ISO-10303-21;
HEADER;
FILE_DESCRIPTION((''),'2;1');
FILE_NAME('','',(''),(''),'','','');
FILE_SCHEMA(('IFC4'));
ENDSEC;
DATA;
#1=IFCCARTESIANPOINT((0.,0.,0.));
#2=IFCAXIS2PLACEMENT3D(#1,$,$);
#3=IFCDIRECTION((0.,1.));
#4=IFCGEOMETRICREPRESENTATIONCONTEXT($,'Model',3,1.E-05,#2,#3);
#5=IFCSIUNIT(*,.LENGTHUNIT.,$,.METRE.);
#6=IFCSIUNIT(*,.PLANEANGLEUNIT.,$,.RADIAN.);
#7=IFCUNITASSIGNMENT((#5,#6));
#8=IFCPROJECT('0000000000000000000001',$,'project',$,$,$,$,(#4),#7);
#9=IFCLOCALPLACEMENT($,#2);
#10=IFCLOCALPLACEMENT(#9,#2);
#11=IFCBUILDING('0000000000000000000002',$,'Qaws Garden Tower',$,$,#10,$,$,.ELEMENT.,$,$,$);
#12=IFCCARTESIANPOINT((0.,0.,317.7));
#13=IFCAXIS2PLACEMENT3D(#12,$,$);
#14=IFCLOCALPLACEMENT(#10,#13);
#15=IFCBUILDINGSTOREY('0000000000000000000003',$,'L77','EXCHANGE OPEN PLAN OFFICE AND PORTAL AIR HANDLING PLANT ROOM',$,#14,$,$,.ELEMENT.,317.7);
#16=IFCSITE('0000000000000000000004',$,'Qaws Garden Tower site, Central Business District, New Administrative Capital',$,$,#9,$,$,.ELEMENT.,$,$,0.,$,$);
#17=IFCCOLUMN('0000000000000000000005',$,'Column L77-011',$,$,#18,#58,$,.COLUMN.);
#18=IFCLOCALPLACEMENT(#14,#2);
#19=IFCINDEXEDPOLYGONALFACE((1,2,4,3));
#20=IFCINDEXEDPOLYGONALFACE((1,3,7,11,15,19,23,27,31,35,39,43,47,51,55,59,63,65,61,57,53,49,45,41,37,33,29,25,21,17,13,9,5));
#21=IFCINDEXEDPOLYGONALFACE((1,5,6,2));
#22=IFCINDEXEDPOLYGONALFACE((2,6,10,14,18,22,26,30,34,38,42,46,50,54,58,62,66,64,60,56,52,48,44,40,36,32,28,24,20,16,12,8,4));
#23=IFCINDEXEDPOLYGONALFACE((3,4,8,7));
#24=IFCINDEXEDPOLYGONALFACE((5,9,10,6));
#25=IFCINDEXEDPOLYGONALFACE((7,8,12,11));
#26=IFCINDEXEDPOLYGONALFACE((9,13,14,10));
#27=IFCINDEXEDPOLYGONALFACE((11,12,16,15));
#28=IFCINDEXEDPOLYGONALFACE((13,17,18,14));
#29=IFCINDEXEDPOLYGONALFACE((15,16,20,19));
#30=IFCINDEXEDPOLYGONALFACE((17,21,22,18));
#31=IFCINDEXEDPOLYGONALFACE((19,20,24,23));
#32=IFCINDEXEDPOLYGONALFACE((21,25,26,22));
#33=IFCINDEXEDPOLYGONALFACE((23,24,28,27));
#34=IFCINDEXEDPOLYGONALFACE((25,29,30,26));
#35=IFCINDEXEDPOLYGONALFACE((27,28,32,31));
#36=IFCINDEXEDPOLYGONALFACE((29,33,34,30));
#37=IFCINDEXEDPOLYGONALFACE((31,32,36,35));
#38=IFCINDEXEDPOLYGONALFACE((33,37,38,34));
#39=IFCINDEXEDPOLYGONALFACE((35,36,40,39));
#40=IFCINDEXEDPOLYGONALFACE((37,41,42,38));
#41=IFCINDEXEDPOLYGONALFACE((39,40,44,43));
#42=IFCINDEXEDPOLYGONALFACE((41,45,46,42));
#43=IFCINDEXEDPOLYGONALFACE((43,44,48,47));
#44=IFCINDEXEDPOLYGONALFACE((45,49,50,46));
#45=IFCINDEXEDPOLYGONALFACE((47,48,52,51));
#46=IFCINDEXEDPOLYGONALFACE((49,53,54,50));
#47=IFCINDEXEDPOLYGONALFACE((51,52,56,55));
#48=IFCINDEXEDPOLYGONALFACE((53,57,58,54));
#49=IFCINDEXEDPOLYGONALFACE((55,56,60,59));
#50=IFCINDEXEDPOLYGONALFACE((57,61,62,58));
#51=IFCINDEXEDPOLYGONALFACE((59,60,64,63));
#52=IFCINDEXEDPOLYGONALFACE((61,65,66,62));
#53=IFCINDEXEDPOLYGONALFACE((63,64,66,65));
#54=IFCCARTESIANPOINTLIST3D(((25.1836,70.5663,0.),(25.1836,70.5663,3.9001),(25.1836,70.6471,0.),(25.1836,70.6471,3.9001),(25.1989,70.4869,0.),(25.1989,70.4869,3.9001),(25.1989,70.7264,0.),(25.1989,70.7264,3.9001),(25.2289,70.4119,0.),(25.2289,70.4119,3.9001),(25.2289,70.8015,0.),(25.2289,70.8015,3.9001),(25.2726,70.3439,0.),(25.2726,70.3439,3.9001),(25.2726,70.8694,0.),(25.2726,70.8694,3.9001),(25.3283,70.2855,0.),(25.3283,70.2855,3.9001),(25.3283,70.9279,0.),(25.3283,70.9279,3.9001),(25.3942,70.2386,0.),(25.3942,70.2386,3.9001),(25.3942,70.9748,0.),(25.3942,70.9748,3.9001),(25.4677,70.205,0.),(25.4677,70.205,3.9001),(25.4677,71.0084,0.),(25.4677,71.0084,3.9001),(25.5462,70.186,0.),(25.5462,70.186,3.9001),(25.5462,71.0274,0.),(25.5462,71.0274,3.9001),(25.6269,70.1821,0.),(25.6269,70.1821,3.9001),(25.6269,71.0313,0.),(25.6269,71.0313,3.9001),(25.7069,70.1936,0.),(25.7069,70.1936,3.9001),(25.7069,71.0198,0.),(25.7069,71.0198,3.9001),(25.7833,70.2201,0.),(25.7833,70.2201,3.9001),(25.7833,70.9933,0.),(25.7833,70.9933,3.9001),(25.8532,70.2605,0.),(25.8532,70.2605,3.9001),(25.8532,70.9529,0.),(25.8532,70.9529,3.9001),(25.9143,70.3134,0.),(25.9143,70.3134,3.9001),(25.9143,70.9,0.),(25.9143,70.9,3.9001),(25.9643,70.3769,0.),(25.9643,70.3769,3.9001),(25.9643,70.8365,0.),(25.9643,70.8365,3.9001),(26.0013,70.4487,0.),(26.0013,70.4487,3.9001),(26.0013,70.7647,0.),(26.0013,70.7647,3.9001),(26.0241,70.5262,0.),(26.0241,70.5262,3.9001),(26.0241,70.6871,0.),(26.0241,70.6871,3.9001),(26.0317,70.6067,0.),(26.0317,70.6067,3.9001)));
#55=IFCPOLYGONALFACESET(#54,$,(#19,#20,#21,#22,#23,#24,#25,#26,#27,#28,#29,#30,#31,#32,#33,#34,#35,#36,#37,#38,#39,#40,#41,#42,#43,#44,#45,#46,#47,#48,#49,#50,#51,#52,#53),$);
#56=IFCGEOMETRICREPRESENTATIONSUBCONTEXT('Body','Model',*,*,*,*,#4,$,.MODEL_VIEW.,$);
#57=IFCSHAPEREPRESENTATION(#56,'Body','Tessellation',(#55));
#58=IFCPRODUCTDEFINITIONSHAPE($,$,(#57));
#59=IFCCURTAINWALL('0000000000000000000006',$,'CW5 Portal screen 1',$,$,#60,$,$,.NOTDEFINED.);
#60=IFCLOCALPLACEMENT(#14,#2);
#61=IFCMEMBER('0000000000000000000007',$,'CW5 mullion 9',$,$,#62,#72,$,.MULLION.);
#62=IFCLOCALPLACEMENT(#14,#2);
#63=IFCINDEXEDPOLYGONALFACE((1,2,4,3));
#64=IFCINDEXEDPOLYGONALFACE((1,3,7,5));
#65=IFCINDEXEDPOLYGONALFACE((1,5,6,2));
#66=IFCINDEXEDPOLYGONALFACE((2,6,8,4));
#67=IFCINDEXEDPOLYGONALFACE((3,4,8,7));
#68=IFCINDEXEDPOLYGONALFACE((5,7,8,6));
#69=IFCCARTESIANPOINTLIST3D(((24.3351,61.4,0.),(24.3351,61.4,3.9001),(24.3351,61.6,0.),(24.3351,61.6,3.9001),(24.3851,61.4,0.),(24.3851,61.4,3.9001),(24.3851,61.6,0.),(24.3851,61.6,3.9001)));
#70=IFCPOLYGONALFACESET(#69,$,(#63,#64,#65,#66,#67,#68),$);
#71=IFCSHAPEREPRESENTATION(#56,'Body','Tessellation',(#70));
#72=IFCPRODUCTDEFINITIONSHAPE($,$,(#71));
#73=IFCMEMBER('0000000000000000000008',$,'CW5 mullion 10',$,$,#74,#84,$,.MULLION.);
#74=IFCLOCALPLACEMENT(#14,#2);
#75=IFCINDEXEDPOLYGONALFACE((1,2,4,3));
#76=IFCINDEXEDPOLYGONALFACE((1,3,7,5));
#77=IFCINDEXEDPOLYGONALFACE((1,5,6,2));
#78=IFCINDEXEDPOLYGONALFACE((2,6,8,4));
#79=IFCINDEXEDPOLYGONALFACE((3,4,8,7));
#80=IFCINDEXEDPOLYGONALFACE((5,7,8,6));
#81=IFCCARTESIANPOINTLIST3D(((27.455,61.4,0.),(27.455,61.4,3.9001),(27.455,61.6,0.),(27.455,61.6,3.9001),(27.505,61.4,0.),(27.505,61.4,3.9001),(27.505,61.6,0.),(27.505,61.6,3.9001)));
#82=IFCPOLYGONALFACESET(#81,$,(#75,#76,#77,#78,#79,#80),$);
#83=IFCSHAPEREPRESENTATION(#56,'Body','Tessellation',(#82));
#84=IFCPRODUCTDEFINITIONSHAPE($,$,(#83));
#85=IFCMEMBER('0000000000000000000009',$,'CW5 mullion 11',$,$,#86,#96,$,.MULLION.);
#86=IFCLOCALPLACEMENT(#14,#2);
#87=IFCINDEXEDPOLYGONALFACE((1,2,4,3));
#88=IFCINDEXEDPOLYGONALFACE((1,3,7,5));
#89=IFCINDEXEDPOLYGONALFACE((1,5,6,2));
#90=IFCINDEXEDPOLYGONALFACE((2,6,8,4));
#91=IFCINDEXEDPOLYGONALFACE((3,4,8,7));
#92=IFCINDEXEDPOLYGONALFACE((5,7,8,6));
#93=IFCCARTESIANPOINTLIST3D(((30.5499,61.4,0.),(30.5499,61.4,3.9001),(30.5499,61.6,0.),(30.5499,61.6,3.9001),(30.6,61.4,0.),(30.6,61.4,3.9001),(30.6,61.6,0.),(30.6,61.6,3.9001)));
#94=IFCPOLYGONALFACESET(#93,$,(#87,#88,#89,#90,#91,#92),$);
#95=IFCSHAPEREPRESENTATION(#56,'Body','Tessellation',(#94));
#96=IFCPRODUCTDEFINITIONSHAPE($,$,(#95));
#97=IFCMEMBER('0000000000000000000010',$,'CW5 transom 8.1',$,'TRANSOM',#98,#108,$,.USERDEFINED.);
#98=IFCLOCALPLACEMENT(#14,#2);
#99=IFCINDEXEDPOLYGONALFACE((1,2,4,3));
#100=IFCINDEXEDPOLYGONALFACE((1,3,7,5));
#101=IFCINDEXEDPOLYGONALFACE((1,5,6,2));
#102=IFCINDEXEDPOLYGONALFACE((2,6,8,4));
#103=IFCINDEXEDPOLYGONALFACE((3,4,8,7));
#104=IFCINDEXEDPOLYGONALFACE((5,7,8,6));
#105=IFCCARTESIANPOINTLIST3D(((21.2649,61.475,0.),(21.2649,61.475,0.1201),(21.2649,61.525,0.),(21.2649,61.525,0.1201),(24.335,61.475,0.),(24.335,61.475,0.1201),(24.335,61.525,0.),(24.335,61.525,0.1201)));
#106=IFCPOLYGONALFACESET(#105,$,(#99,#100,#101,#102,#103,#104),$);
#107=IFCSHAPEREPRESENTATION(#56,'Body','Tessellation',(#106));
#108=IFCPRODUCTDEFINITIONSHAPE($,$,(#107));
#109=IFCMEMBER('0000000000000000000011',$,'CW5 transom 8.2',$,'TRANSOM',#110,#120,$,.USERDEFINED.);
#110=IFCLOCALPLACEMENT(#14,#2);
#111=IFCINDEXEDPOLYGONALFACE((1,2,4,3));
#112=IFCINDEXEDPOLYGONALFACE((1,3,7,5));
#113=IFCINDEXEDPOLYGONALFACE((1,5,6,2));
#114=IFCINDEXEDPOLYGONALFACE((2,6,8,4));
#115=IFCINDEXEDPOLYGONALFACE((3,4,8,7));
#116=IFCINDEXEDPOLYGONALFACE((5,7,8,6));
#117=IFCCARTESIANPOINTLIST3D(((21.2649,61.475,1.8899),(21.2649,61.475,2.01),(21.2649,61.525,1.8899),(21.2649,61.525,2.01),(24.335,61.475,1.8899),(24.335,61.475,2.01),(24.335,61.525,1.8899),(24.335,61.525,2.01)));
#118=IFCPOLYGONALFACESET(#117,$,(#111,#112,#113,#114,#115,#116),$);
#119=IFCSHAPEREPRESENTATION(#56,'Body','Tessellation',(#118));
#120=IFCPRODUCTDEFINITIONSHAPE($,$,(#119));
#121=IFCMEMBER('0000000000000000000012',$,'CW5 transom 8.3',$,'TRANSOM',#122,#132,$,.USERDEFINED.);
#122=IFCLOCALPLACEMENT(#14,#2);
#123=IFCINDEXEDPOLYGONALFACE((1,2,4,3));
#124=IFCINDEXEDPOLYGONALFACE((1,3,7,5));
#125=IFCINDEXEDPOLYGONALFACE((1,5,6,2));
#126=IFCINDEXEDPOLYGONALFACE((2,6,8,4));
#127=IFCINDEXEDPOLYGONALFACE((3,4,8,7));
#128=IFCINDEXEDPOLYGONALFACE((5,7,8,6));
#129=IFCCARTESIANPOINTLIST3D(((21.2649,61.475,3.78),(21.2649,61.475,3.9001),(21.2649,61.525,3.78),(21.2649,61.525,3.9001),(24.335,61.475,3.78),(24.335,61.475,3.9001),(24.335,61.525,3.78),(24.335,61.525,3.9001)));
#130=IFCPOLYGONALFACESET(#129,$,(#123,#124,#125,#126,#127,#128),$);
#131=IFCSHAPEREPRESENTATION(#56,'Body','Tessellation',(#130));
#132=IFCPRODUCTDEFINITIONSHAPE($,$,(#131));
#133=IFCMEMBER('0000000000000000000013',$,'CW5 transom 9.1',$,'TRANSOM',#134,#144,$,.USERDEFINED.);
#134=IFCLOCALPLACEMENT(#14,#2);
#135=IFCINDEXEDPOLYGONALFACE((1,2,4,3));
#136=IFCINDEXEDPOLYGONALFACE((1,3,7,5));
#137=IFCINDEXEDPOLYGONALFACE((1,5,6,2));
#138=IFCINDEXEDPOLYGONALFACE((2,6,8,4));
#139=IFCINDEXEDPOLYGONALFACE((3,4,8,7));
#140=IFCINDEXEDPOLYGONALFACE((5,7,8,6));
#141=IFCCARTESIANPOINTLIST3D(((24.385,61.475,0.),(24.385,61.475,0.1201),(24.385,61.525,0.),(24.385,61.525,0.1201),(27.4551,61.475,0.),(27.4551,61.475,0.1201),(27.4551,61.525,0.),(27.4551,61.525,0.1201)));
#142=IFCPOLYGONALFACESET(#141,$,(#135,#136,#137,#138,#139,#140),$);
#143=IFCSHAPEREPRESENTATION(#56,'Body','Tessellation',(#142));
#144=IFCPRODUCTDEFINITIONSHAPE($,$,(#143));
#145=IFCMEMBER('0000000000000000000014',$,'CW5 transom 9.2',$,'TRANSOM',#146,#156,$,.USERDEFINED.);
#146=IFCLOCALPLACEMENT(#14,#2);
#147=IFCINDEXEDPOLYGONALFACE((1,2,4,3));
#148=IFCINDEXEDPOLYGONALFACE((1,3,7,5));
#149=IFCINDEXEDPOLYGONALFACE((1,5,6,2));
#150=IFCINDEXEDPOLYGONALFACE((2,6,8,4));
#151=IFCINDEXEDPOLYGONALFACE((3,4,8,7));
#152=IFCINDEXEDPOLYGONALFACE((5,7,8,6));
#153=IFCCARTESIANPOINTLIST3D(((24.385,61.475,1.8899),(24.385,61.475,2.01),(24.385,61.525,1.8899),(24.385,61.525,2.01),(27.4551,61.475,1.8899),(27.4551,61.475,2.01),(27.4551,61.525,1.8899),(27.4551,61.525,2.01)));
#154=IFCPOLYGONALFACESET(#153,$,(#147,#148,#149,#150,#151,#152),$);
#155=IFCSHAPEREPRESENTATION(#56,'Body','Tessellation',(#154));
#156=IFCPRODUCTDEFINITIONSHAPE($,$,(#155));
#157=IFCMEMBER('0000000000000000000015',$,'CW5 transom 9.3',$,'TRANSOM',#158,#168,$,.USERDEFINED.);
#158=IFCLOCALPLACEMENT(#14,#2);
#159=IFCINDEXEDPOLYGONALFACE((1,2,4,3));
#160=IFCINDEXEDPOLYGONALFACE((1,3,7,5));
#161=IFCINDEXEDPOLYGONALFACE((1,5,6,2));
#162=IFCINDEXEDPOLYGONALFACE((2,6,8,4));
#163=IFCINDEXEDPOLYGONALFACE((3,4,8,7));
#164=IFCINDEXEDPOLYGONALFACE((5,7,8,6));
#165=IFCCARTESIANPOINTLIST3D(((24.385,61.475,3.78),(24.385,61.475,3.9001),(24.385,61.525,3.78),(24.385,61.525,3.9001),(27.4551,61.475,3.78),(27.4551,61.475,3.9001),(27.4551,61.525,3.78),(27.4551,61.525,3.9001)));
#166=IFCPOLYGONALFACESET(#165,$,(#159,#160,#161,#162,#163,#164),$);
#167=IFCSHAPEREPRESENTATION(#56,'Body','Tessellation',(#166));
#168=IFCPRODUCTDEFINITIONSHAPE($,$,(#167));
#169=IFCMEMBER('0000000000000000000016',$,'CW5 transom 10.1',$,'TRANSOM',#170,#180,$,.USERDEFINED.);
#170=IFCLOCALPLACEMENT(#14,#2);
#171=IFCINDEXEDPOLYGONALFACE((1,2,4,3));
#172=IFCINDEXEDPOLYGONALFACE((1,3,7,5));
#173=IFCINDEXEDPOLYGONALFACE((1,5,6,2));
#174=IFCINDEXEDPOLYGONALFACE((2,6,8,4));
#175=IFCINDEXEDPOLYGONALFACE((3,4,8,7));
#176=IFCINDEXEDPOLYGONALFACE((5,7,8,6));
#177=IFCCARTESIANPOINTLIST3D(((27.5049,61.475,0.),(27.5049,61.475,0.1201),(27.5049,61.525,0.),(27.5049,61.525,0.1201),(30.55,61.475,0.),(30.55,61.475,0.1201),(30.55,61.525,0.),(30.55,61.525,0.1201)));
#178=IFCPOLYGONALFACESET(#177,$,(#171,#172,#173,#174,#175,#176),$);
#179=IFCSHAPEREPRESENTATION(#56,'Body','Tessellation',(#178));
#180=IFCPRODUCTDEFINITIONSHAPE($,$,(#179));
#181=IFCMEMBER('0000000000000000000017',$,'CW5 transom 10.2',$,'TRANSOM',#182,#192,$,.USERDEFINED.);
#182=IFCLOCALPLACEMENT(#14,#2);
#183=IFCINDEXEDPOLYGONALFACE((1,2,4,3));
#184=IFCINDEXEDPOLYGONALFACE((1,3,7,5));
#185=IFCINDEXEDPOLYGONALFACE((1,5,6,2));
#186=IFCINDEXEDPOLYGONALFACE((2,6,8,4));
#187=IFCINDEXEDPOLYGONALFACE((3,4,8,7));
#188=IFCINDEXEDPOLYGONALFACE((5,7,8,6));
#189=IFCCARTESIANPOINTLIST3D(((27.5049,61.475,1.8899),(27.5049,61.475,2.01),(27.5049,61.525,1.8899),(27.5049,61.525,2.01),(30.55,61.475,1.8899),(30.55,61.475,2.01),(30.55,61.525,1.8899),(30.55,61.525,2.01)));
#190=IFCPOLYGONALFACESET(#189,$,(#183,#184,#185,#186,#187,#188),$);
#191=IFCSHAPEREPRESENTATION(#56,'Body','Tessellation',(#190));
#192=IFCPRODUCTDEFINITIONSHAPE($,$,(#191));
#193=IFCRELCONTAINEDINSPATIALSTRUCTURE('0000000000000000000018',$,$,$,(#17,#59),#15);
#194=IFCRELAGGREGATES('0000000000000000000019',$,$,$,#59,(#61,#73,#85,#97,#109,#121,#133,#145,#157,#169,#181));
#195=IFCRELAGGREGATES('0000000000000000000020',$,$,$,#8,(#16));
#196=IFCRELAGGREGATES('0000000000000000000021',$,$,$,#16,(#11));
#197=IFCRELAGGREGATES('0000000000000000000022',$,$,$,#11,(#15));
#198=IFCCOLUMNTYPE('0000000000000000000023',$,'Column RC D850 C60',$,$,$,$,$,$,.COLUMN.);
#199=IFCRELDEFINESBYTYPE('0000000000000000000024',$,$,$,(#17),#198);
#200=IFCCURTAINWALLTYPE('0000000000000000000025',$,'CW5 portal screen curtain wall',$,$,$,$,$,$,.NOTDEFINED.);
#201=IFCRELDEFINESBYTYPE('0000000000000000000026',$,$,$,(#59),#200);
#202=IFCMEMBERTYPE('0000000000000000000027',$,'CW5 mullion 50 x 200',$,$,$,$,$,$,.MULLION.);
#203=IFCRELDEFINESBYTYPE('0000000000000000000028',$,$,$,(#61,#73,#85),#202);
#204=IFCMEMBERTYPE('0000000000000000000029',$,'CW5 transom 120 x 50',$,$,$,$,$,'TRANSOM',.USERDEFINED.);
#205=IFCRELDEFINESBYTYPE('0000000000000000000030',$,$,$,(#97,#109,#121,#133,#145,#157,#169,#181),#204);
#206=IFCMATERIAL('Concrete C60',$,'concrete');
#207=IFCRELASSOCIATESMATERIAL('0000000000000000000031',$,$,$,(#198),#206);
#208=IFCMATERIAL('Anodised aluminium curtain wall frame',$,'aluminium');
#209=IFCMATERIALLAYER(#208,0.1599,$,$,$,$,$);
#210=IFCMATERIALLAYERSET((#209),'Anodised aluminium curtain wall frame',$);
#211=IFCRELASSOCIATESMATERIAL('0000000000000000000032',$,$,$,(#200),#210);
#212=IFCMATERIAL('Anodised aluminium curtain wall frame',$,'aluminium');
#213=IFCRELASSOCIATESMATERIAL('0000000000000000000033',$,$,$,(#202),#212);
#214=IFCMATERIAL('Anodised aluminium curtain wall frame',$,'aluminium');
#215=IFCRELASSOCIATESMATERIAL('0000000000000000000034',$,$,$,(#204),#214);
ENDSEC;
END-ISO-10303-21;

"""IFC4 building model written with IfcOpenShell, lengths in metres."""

from ifc_helpers import new_model, si_unit, direction, frame, origin, origin_2d, place, context, subcontext, project, spatial, rectangle, circle, extrude, material, layer, layer_set, material_profile, profile_set, type_object, element, aggregate, save


model = new_model("IFC4")

# Units and contexts
model_context = context("Model", 3, precision=1e-05, world=origin(), true_north=direction((0.0, 1.0)))
body_context = subcontext(model_context, "Body", "Model", "MODEL_VIEW")
ifc_project = project(units=[si_unit("LENGTHUNIT", "METRE"), si_unit("PLANEANGLEUNIT", "RADIAN")], contexts=[model_context])

# Site, building, storey
site_placement = place(None, origin())
site = spatial("IfcSite", under=ifc_project, at=site_placement, Name="Qaws Garden Tower site, Central Business District, New Administrative Capital", CompositionType="ELEMENT", RefElevation=0.0)
building_placement = place(site_placement, origin())
building = spatial("IfcBuilding", under=site, at=building_placement, Name="Qaws Garden Tower", CompositionType="ELEMENT")
storey_placement = place(building_placement, frame((0.0, 0.0, 317.7)))
storey = spatial("IfcBuildingStorey", under=building, at=storey_placement, Name="L77", Description="EXCHANGE OPEN PLAN OFFICE AND PORTAL AIR HANDLING PLANT ROOM", CompositionType="ELEMENT", Elevation=317.7)

# Column
ifc_material_1 = material(Name="Concrete C60", Category="concrete")
ifc_material_profile_1 = material_profile(ifc_material_1, circle(Radius=0.425, at=origin_2d()), Name="RC D850")
ifc_profile_set_1 = profile_set([ifc_material_profile_1], Name="Concrete C60")
column_type = type_object("IfcColumnType", Name="Column RC D850 C60", PredefinedType="COLUMN", material=ifc_profile_set_1)
column_placement = place(storey_placement, frame((25.6067, 70.6067, 0.0), z_axis=(0.0, 0.0, 1.0), x_axis=(1.0, 0.0, 0.0)))
element("IfcColumn", 1, at=column_placement, inside=storey, type_object=column_type, Name="Column L77-011", PredefinedType="COLUMN", context=body_context, shape_type="SweptSolid", body=[
    extrude(circle(Radius=0.425, at=origin_2d()), origin(), (0.0, 0.0, 1.0), 3.9001),
])

# Curtain wall, members
ifc_material_2 = material(Name="Anodised aluminium curtain wall frame", Category="aluminium")
ifc_layer_1 = layer(ifc_material_2, 0.1599)
ifc_layer_set_1 = layer_set([ifc_layer_1], Name="Anodised aluminium curtain wall frame")
curtain_wall_type = type_object("IfcCurtainWallType", Name="CW5 portal screen curtain wall", PredefinedType="NOTDEFINED", material=ifc_layer_set_1)
curtain_wall_placement = place(storey_placement, origin())
curtain_wall = element("IfcCurtainWall", 2, at=curtain_wall_placement, inside=storey, type_object=curtain_wall_type, Name="CW5 Portal screen 1", PredefinedType="NOTDEFINED")
ifc_material_3 = material(Name="Anodised aluminium curtain wall frame", Category="aluminium")
ifc_material_profile_2 = material_profile(ifc_material_3, rectangle(XDim=0.2, YDim=0.05, at=origin_2d()), Name="AL 50x200")
ifc_profile_set_2 = profile_set([ifc_material_profile_2], Name="Anodised aluminium curtain wall frame")
member_type_1 = type_object("IfcMemberType", Name="CW5 mullion 50 x 200", PredefinedType="MULLION", material=ifc_profile_set_2)
member_1_placement = place(storey_placement, frame((24.3601, 61.5, 0.0), z_axis=(0.0, 0.0, 1.0), x_axis=(0.0, 1.0, 0.0)))
member_1 = element("IfcMember", 3, at=member_1_placement, type_object=member_type_1, Name="CW5 mullion 9", PredefinedType="MULLION", context=body_context, shape_type="SweptSolid", body=[
    extrude(rectangle(XDim=0.2, YDim=0.05, at=origin_2d()), origin(), (0.0, 0.0, 1.0), 3.9001),
])
member_2_placement = place(storey_placement, frame((27.48, 61.5, 0.0), z_axis=(0.0, 0.0, 1.0), x_axis=(0.0, 1.0, 0.0)))
member_2 = element("IfcMember", 4, at=member_2_placement, type_object=member_type_1, Name="CW5 mullion 10", PredefinedType="MULLION", context=body_context, shape_type="SweptSolid", body=[
    extrude(rectangle(XDim=0.2, YDim=0.05, at=origin_2d()), origin(), (0.0, 0.0, 1.0), 3.9001),
])
member_3_placement = place(storey_placement, frame((30.575, 61.5, 0.0), z_axis=(0.0, 0.0, 1.0), x_axis=(0.0, 1.0, 0.0)))
member_3 = element("IfcMember", 5, at=member_3_placement, type_object=member_type_1, Name="CW5 mullion 11", PredefinedType="MULLION", context=body_context, shape_type="SweptSolid", body=[
    extrude(rectangle(XDim=0.2, YDim=0.05, at=origin_2d()), origin(), (0.0, 0.0, 1.0), 3.9001),
])
ifc_material_4 = material(Name="Anodised aluminium curtain wall frame", Category="aluminium")
ifc_material_profile_3 = material_profile(ifc_material_4, rectangle(XDim=0.05, YDim=0.1201, at=origin_2d()), Name="AL 50x120")
ifc_profile_set_3 = profile_set([ifc_material_profile_3], Name="Anodised aluminium curtain wall frame")
member_type_2 = type_object("IfcMemberType", Name="CW5 transom 120 x 50", ElementType="TRANSOM", PredefinedType="USERDEFINED", material=ifc_profile_set_3)
member_4_placement = place(storey_placement, frame((21.2649, 61.5, 0.0601), z_axis=(1.0, 0.0, 0.0), x_axis=(0.0, 1.0, 0.0)))
member_4 = element("IfcMember", 6, at=member_4_placement, type_object=member_type_2, Name="CW5 transom 8.1", ObjectType="TRANSOM", PredefinedType="USERDEFINED", context=body_context, shape_type="SweptSolid", body=[
    extrude(rectangle(XDim=0.05, YDim=0.1201, at=origin_2d()), origin(), (0.0, 0.0, 1.0), 3.0701),
])
member_5_placement = place(storey_placement, frame((21.2649, 61.5, 1.95), z_axis=(1.0, 0.0, 0.0), x_axis=(0.0, 1.0, 0.0)))
member_5 = element("IfcMember", 7, at=member_5_placement, type_object=member_type_2, Name="CW5 transom 8.2", ObjectType="TRANSOM", PredefinedType="USERDEFINED", context=body_context, shape_type="SweptSolid", body=[
    extrude(rectangle(XDim=0.05, YDim=0.1201, at=origin_2d()), origin(), (0.0, 0.0, 1.0), 3.0701),
])
member_6_placement = place(storey_placement, frame((21.2649, 61.5, 3.8401), z_axis=(1.0, 0.0, 0.0), x_axis=(0.0, 1.0, 0.0)))
member_6 = element("IfcMember", 8, at=member_6_placement, type_object=member_type_2, Name="CW5 transom 8.3", ObjectType="TRANSOM", PredefinedType="USERDEFINED", context=body_context, shape_type="SweptSolid", body=[
    extrude(rectangle(XDim=0.05, YDim=0.1201, at=origin_2d()), origin(), (0.0, 0.0, 1.0), 3.0701),
])
member_7_placement = place(storey_placement, frame((24.385, 61.5, 0.0601), z_axis=(1.0, 0.0, 0.0), x_axis=(0.0, 1.0, 0.0)))
member_7 = element("IfcMember", 9, at=member_7_placement, type_object=member_type_2, Name="CW5 transom 9.1", ObjectType="TRANSOM", PredefinedType="USERDEFINED", context=body_context, shape_type="SweptSolid", body=[
    extrude(rectangle(XDim=0.05, YDim=0.1201, at=origin_2d()), origin(), (0.0, 0.0, 1.0), 3.0701),
])
member_8_placement = place(storey_placement, frame((24.385, 61.5, 1.95), z_axis=(1.0, 0.0, 0.0), x_axis=(0.0, 1.0, 0.0)))
member_8 = element("IfcMember", 10, at=member_8_placement, type_object=member_type_2, Name="CW5 transom 9.2", ObjectType="TRANSOM", PredefinedType="USERDEFINED", context=body_context, shape_type="SweptSolid", body=[
    extrude(rectangle(XDim=0.05, YDim=0.1201, at=origin_2d()), origin(), (0.0, 0.0, 1.0), 3.0701),
])
member_9_placement = place(storey_placement, frame((24.385, 61.5, 3.8401), z_axis=(1.0, 0.0, 0.0), x_axis=(0.0, 1.0, 0.0)))
member_9 = element("IfcMember", 11, at=member_9_placement, type_object=member_type_2, Name="CW5 transom 9.3", ObjectType="TRANSOM", PredefinedType="USERDEFINED", context=body_context, shape_type="SweptSolid", body=[
    extrude(rectangle(XDim=0.05, YDim=0.1201, at=origin_2d()), origin(), (0.0, 0.0, 1.0), 3.0701),
])
member_10_placement = place(storey_placement, frame((27.5049, 61.5, 0.0601), z_axis=(1.0, 0.0, 0.0), x_axis=(0.0, 1.0, 0.0)))
member_10 = element("IfcMember", 12, at=member_10_placement, type_object=member_type_2, Name="CW5 transom 10.1", ObjectType="TRANSOM", PredefinedType="USERDEFINED", context=body_context, shape_type="SweptSolid", body=[
    extrude(rectangle(XDim=0.05, YDim=0.1201, at=origin_2d()), origin(), (0.0, 0.0, 1.0), 3.0452),
])
member_11_placement = place(storey_placement, frame((27.5049, 61.5, 1.95), z_axis=(1.0, 0.0, 0.0), x_axis=(0.0, 1.0, 0.0)))
member_11 = element("IfcMember", 13, at=member_11_placement, type_object=member_type_2, Name="CW5 transom 10.2", ObjectType="TRANSOM", PredefinedType="USERDEFINED", context=body_context, shape_type="SweptSolid", body=[
    extrude(rectangle(XDim=0.05, YDim=0.1201, at=origin_2d()), origin(), (0.0, 0.0, 1.0), 3.0452),
])

aggregate(curtain_wall, [member_1, member_2, member_3, member_4, member_5, member_6, member_7, member_8, member_9, member_10, member_11])

save(model, "model.ifc")
